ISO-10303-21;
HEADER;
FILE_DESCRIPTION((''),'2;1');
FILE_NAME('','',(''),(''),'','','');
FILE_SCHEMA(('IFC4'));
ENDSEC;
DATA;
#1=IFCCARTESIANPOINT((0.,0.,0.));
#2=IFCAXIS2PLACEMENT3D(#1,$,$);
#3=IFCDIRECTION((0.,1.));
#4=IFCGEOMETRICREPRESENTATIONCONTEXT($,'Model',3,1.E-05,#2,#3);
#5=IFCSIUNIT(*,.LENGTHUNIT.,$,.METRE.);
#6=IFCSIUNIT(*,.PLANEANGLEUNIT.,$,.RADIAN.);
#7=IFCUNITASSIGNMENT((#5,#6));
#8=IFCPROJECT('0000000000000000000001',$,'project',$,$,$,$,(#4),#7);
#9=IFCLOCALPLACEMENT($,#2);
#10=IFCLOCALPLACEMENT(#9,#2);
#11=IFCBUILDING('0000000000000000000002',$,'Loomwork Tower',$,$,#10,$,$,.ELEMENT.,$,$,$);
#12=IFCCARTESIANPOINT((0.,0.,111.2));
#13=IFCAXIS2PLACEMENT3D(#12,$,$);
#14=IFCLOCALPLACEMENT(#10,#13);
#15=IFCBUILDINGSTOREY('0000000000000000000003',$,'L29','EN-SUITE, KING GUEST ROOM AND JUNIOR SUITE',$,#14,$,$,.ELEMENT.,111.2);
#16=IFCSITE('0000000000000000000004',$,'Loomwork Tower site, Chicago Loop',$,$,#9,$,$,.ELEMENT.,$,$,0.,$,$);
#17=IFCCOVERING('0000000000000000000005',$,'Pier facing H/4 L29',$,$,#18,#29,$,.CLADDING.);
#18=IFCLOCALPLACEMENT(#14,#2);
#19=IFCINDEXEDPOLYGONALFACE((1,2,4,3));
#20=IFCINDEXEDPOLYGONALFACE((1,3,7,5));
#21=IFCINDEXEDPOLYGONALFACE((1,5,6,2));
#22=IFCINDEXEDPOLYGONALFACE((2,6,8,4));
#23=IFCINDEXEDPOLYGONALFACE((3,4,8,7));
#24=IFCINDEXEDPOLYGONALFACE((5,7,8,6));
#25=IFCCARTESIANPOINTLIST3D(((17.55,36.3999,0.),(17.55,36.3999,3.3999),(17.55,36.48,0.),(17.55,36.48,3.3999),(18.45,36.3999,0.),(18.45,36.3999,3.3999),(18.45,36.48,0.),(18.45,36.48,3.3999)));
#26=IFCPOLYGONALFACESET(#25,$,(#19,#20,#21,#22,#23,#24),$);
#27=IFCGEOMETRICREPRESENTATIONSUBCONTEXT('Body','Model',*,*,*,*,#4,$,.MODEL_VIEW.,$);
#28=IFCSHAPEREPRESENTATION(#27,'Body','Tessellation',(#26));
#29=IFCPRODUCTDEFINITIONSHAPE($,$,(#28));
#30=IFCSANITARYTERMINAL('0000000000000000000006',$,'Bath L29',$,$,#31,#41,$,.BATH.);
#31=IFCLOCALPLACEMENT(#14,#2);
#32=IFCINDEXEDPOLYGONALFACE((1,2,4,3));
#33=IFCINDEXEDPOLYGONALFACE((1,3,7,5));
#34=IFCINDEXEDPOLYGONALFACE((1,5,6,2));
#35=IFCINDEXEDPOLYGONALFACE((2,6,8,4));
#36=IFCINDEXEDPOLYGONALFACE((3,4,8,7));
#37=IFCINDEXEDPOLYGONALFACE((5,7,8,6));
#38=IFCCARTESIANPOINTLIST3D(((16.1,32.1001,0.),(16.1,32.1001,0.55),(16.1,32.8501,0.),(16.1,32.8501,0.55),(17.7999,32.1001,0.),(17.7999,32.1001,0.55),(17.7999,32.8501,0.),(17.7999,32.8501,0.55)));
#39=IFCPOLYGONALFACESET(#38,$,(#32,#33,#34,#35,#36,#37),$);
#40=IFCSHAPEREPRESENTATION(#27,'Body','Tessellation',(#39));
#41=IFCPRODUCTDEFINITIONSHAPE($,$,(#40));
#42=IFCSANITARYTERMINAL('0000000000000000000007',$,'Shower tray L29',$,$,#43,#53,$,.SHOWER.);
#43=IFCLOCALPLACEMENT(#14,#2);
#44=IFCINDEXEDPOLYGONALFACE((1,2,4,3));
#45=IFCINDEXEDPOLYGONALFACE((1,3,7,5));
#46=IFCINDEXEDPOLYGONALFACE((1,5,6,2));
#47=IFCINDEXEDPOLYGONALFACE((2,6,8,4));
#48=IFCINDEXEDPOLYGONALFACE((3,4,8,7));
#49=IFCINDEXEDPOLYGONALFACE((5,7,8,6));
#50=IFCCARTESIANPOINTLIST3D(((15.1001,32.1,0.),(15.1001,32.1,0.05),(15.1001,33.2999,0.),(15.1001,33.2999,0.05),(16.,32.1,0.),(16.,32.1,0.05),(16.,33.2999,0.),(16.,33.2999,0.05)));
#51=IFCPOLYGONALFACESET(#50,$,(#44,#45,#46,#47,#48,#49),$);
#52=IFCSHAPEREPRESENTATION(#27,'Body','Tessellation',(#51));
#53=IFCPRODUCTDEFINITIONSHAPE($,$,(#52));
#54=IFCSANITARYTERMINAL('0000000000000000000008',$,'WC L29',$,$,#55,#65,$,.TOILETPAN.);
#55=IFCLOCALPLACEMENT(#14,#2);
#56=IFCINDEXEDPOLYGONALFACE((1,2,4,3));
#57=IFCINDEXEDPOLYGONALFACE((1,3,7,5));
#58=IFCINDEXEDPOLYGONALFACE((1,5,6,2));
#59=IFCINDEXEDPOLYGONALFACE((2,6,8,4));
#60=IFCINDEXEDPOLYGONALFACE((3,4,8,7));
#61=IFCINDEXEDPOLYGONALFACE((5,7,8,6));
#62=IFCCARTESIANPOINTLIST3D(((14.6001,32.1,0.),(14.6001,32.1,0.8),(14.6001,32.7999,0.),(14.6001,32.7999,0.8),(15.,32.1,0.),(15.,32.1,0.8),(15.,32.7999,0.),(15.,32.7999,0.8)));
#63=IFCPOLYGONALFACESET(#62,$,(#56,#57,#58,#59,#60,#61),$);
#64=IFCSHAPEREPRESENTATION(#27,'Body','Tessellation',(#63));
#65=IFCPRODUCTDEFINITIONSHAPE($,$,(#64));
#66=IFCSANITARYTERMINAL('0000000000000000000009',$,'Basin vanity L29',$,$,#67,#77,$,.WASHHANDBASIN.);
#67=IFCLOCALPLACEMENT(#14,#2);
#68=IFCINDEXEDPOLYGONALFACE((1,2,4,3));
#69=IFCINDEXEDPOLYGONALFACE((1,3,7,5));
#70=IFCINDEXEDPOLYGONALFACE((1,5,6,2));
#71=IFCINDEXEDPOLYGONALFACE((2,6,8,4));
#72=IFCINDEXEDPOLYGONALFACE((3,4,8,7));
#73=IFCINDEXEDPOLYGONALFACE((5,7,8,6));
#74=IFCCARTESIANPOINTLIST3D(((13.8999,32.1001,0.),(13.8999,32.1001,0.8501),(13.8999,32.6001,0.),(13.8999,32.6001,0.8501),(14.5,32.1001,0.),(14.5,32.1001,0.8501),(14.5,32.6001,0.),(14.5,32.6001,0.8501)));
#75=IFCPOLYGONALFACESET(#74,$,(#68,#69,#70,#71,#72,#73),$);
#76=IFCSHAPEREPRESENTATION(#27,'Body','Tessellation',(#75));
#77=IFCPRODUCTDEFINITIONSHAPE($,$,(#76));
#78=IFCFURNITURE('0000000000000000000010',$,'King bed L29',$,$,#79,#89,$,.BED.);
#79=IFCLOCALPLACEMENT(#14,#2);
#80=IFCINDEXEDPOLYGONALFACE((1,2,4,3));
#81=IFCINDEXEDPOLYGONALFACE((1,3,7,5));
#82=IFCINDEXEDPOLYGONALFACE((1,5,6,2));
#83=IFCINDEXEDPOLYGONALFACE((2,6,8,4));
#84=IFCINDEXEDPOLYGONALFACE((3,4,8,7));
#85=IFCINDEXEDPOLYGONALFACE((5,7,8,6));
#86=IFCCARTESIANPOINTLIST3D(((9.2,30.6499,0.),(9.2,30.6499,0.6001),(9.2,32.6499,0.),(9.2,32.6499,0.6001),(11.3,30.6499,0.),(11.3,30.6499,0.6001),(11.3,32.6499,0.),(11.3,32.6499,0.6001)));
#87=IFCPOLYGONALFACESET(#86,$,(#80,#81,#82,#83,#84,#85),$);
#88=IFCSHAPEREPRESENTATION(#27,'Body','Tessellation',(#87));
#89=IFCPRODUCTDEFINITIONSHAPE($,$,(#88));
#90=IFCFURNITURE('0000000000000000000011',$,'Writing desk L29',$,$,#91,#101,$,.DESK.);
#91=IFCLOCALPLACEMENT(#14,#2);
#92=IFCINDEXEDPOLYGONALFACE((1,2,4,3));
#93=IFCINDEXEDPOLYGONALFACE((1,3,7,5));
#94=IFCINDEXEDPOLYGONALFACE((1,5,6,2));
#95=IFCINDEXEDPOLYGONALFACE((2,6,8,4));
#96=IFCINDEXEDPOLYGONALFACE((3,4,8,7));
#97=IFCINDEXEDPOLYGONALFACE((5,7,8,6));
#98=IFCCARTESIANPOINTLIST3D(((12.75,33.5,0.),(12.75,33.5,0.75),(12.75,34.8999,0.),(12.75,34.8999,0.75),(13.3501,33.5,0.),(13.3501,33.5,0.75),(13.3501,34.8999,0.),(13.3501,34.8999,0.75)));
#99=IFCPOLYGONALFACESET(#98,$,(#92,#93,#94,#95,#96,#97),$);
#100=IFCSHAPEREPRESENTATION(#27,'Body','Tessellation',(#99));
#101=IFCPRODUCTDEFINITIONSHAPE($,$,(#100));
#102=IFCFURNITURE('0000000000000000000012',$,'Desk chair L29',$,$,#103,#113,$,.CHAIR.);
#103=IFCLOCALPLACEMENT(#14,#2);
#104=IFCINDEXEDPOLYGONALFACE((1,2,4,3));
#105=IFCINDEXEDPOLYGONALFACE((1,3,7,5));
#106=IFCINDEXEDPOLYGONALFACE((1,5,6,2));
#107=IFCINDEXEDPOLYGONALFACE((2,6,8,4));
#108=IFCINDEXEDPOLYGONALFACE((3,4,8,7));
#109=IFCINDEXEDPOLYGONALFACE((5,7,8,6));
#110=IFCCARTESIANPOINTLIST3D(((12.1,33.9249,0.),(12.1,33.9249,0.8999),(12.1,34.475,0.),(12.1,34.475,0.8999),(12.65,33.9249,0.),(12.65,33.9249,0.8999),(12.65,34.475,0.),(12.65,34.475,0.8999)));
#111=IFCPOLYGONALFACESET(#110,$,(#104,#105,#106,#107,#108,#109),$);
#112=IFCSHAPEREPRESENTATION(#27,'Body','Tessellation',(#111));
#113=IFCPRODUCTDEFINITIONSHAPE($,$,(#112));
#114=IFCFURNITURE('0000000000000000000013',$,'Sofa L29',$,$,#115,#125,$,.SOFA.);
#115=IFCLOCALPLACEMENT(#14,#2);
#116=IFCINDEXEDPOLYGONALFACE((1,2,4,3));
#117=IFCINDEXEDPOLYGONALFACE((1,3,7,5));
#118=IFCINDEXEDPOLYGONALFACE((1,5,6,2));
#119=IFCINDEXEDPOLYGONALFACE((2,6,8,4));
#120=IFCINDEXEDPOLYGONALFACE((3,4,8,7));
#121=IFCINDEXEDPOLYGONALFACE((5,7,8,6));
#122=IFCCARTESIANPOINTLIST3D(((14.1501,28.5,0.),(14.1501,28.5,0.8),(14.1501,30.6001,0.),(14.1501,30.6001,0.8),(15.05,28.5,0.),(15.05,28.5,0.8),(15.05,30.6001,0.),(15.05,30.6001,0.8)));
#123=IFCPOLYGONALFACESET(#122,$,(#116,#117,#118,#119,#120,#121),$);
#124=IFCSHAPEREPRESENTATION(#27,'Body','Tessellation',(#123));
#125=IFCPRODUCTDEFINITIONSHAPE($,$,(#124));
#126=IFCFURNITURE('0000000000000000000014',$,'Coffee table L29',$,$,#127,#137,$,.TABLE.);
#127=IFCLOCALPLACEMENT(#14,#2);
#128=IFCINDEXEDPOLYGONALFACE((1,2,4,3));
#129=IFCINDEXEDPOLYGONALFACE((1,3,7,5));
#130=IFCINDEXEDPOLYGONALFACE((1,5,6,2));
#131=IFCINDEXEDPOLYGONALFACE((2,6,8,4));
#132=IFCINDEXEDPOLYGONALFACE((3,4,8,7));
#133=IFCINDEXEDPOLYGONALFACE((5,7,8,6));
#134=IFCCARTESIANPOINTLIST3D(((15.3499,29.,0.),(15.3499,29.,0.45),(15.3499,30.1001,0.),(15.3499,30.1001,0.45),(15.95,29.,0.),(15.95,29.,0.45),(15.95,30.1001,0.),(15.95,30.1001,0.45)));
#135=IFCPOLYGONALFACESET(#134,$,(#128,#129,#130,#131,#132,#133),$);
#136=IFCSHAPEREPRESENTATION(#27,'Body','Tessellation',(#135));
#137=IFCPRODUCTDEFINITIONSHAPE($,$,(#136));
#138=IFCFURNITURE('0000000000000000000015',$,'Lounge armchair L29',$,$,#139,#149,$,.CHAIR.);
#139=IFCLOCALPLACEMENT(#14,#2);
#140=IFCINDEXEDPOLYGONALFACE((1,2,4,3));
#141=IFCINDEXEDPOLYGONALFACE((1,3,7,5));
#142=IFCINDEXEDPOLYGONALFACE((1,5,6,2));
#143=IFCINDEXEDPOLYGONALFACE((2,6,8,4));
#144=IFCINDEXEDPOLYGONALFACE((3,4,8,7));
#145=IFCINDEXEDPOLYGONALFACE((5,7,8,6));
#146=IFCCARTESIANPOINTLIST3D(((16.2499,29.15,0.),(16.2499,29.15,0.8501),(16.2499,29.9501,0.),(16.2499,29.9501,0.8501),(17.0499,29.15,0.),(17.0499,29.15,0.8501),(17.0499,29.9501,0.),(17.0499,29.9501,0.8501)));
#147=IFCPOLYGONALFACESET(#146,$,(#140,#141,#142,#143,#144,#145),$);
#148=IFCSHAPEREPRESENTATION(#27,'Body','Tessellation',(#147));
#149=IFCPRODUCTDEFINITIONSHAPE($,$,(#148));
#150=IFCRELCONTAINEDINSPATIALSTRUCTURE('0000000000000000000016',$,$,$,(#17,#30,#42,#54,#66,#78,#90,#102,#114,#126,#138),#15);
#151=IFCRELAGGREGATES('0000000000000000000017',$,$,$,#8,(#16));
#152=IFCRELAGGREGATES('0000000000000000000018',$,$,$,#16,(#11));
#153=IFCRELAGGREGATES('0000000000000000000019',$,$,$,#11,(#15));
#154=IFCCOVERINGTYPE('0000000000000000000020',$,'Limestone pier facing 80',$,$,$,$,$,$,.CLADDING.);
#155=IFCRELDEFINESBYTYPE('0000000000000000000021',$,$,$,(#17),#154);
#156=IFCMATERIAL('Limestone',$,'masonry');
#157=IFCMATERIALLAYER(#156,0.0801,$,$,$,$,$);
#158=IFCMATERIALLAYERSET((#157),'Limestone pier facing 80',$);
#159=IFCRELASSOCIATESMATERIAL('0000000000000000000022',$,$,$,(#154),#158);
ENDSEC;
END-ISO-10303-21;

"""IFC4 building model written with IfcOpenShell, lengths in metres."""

from ifc_helpers import new_model, si_unit, direction, frame, origin, origin_2d, place, context, subcontext, project, spatial, rectangle, extrude, material, layer, layer_set, type_object, element, save


model = new_model("IFC4")

# Units and contexts
model_context = context("Model", 3, precision=1e-05, world=origin(), true_north=direction((0.0, 1.0)))
body_context = subcontext(model_context, "Body", "Model", "MODEL_VIEW")
ifc_project = project(units=[si_unit("LENGTHUNIT", "METRE"), si_unit("PLANEANGLEUNIT", "RADIAN")], contexts=[model_context])

# Site, building, storey
site_placement = place(None, origin())
site = spatial("IfcSite", under=ifc_project, at=site_placement, Name="Loomwork Tower site, Chicago Loop", CompositionType="ELEMENT", RefElevation=0.0)
building_placement = place(site_placement, origin())
building = spatial("IfcBuilding", under=site, at=building_placement, Name="Loomwork Tower", CompositionType="ELEMENT")
storey_placement = place(building_placement, frame((0.0, 0.0, 111.2)))
storey = spatial("IfcBuildingStorey", under=building, at=storey_placement, Name="L29", Description="EN-SUITE, KING GUEST ROOM AND JUNIOR SUITE", CompositionType="ELEMENT", Elevation=111.2)

# Covering
ifc_material_1 = material(Name="Limestone", Category="masonry")
ifc_layer_1 = layer(ifc_material_1, 0.0801)
ifc_layer_set_1 = layer_set([ifc_layer_1], Name="Limestone pier facing 80")
covering_type = type_object("IfcCoveringType", Name="Limestone pier facing 80", PredefinedType="CLADDING", material=ifc_layer_set_1)
for number, where, z_axis, x_axis, name in (
    (1, (18.0, 36.4399, 0.0), (0.0, 0.0, 1.0), (1.0, 0.0, 0.0), "Pier facing H/4 L29"),
):
    element("IfcCovering", number, at=place(storey_placement, frame(where, z_axis=z_axis, x_axis=x_axis)), inside=storey, type_object=covering_type, Name=name, PredefinedType="CLADDING", context=body_context, shape_type="SweptSolid", body=[
        extrude(rectangle(XDim=0.8999, YDim=0.0801, at=origin_2d()), origin(), (0.0, 0.0, 1.0), 3.3999),
    ])

# Sanitary terminals
sanitary_terminal_1_placement = place(storey_placement, frame((16.95, 32.4751, 0.0), z_axis=(0.0, 0.0, 1.0), x_axis=(1.0, 0.0, 0.0)))
element("IfcSanitaryTerminal", 2, at=sanitary_terminal_1_placement, inside=storey, Name="Bath L29", PredefinedType="BATH", context=body_context, shape_type="SweptSolid", body=[
    extrude(rectangle(XDim=1.7, YDim=0.75, at=origin_2d()), origin(), (0.0, 0.0, 1.0), 0.55),
])
sanitary_terminal_2_placement = place(storey_placement, frame((15.55, 32.7, 0.0), z_axis=(0.0, 0.0, 1.0), x_axis=(1.0, 0.0, 0.0)))
element("IfcSanitaryTerminal", 3, at=sanitary_terminal_2_placement, inside=storey, Name="Shower tray L29", PredefinedType="SHOWER", context=body_context, shape_type="SweptSolid", body=[
    extrude(rectangle(XDim=0.8999, YDim=1.2, at=origin_2d()), origin(), (0.0, 0.0, 1.0), 0.05),
])
sanitary_terminal_3_placement = place(storey_placement, frame((14.8, 32.45, 0.0), z_axis=(0.0, 0.0, 1.0), x_axis=(1.0, 0.0, 0.0)))
element("IfcSanitaryTerminal", 4, at=sanitary_terminal_3_placement, inside=storey, Name="WC L29", PredefinedType="TOILETPAN", context=body_context, shape_type="SweptSolid", body=[
    extrude(rectangle(XDim=0.3999, YDim=0.7, at=origin_2d()), origin(), (0.0, 0.0, 1.0), 0.8),
])
sanitary_terminal_4_placement = place(storey_placement, frame((14.2, 32.3501, 0.0), z_axis=(0.0, 0.0, 1.0), x_axis=(1.0, 0.0, 0.0)))
element("IfcSanitaryTerminal", 5, at=sanitary_terminal_4_placement, inside=storey, Name="Basin vanity L29", PredefinedType="WASHHANDBASIN", context=body_context, shape_type="SweptSolid", body=[
    extrude(rectangle(XDim=0.6001, YDim=0.5, at=origin_2d()), origin(), (0.0, 0.0, 1.0), 0.8501),
])

# Furniture
furniture_1_placement = place(storey_placement, frame((10.25, 31.6499, 0.0), z_axis=(0.0, 0.0, 1.0), x_axis=(1.0, 0.0, 0.0)))
element("IfcFurniture", 6, at=furniture_1_placement, inside=storey, Name="King bed L29", PredefinedType="BED", context=body_context, shape_type="SweptSolid", body=[
    extrude(rectangle(XDim=2.1001, YDim=2.0, at=origin_2d()), origin(), (0.0, 0.0, 1.0), 0.6001),
])
furniture_2_placement = place(storey_placement, frame((13.05, 34.2, 0.0), z_axis=(0.0, 0.0, 1.0), x_axis=(1.0, 0.0, 0.0)))
element("IfcFurniture", 7, at=furniture_2_placement, inside=storey, Name="Writing desk L29", PredefinedType="DESK", context=body_context, shape_type="SweptSolid", body=[
    extrude(rectangle(XDim=0.6001, YDim=1.3999, at=origin_2d()), origin(), (0.0, 0.0, 1.0), 0.75),
])
furniture_3_placement = place(storey_placement, frame((12.375, 34.2, 0.0), z_axis=(0.0, 0.0, 1.0), x_axis=(1.0, 0.0, 0.0)))
element("IfcFurniture", 8, at=furniture_3_placement, inside=storey, Name="Desk chair L29", PredefinedType="CHAIR", context=body_context, shape_type="SweptSolid", body=[
    extrude(rectangle(XDim=0.55, YDim=0.55, at=origin_2d()), origin(), (0.0, 0.0, 1.0), 0.8999),
])
furniture_4_placement = place(storey_placement, frame((14.6001, 29.55, 0.0), z_axis=(0.0, 0.0, 1.0), x_axis=(1.0, 0.0, 0.0)))
element("IfcFurniture", 9, at=furniture_4_placement, inside=storey, Name="Sofa L29", PredefinedType="SOFA", context=body_context, shape_type="SweptSolid", body=[
    extrude(rectangle(XDim=0.8999, YDim=2.1001, at=origin_2d()), origin(), (0.0, 0.0, 1.0), 0.8),
])
furniture_5_placement = place(storey_placement, frame((15.6499, 29.55, 0.0), z_axis=(0.0, 0.0, 1.0), x_axis=(1.0, 0.0, 0.0)))
element("IfcFurniture", 10, at=furniture_5_placement, inside=storey, Name="Coffee table L29", PredefinedType="TABLE", context=body_context, shape_type="SweptSolid", body=[
    extrude(rectangle(XDim=0.6001, YDim=1.1001, at=origin_2d()), origin(), (0.0, 0.0, 1.0), 0.45),
])
furniture_6_placement = place(storey_placement, frame((16.6499, 29.55, 0.0), z_axis=(0.0, 0.0, 1.0), x_axis=(1.0, 0.0, 0.0)))
element("IfcFurniture", 11, at=furniture_6_placement, inside=storey, Name="Lounge armchair L29", PredefinedType="CHAIR", context=body_context, shape_type="SweptSolid", body=[
    extrude(rectangle(XDim=0.8, YDim=0.8, at=origin_2d()), origin(), (0.0, 0.0, 1.0), 0.8501),
])

save(model, "model.ifc")
